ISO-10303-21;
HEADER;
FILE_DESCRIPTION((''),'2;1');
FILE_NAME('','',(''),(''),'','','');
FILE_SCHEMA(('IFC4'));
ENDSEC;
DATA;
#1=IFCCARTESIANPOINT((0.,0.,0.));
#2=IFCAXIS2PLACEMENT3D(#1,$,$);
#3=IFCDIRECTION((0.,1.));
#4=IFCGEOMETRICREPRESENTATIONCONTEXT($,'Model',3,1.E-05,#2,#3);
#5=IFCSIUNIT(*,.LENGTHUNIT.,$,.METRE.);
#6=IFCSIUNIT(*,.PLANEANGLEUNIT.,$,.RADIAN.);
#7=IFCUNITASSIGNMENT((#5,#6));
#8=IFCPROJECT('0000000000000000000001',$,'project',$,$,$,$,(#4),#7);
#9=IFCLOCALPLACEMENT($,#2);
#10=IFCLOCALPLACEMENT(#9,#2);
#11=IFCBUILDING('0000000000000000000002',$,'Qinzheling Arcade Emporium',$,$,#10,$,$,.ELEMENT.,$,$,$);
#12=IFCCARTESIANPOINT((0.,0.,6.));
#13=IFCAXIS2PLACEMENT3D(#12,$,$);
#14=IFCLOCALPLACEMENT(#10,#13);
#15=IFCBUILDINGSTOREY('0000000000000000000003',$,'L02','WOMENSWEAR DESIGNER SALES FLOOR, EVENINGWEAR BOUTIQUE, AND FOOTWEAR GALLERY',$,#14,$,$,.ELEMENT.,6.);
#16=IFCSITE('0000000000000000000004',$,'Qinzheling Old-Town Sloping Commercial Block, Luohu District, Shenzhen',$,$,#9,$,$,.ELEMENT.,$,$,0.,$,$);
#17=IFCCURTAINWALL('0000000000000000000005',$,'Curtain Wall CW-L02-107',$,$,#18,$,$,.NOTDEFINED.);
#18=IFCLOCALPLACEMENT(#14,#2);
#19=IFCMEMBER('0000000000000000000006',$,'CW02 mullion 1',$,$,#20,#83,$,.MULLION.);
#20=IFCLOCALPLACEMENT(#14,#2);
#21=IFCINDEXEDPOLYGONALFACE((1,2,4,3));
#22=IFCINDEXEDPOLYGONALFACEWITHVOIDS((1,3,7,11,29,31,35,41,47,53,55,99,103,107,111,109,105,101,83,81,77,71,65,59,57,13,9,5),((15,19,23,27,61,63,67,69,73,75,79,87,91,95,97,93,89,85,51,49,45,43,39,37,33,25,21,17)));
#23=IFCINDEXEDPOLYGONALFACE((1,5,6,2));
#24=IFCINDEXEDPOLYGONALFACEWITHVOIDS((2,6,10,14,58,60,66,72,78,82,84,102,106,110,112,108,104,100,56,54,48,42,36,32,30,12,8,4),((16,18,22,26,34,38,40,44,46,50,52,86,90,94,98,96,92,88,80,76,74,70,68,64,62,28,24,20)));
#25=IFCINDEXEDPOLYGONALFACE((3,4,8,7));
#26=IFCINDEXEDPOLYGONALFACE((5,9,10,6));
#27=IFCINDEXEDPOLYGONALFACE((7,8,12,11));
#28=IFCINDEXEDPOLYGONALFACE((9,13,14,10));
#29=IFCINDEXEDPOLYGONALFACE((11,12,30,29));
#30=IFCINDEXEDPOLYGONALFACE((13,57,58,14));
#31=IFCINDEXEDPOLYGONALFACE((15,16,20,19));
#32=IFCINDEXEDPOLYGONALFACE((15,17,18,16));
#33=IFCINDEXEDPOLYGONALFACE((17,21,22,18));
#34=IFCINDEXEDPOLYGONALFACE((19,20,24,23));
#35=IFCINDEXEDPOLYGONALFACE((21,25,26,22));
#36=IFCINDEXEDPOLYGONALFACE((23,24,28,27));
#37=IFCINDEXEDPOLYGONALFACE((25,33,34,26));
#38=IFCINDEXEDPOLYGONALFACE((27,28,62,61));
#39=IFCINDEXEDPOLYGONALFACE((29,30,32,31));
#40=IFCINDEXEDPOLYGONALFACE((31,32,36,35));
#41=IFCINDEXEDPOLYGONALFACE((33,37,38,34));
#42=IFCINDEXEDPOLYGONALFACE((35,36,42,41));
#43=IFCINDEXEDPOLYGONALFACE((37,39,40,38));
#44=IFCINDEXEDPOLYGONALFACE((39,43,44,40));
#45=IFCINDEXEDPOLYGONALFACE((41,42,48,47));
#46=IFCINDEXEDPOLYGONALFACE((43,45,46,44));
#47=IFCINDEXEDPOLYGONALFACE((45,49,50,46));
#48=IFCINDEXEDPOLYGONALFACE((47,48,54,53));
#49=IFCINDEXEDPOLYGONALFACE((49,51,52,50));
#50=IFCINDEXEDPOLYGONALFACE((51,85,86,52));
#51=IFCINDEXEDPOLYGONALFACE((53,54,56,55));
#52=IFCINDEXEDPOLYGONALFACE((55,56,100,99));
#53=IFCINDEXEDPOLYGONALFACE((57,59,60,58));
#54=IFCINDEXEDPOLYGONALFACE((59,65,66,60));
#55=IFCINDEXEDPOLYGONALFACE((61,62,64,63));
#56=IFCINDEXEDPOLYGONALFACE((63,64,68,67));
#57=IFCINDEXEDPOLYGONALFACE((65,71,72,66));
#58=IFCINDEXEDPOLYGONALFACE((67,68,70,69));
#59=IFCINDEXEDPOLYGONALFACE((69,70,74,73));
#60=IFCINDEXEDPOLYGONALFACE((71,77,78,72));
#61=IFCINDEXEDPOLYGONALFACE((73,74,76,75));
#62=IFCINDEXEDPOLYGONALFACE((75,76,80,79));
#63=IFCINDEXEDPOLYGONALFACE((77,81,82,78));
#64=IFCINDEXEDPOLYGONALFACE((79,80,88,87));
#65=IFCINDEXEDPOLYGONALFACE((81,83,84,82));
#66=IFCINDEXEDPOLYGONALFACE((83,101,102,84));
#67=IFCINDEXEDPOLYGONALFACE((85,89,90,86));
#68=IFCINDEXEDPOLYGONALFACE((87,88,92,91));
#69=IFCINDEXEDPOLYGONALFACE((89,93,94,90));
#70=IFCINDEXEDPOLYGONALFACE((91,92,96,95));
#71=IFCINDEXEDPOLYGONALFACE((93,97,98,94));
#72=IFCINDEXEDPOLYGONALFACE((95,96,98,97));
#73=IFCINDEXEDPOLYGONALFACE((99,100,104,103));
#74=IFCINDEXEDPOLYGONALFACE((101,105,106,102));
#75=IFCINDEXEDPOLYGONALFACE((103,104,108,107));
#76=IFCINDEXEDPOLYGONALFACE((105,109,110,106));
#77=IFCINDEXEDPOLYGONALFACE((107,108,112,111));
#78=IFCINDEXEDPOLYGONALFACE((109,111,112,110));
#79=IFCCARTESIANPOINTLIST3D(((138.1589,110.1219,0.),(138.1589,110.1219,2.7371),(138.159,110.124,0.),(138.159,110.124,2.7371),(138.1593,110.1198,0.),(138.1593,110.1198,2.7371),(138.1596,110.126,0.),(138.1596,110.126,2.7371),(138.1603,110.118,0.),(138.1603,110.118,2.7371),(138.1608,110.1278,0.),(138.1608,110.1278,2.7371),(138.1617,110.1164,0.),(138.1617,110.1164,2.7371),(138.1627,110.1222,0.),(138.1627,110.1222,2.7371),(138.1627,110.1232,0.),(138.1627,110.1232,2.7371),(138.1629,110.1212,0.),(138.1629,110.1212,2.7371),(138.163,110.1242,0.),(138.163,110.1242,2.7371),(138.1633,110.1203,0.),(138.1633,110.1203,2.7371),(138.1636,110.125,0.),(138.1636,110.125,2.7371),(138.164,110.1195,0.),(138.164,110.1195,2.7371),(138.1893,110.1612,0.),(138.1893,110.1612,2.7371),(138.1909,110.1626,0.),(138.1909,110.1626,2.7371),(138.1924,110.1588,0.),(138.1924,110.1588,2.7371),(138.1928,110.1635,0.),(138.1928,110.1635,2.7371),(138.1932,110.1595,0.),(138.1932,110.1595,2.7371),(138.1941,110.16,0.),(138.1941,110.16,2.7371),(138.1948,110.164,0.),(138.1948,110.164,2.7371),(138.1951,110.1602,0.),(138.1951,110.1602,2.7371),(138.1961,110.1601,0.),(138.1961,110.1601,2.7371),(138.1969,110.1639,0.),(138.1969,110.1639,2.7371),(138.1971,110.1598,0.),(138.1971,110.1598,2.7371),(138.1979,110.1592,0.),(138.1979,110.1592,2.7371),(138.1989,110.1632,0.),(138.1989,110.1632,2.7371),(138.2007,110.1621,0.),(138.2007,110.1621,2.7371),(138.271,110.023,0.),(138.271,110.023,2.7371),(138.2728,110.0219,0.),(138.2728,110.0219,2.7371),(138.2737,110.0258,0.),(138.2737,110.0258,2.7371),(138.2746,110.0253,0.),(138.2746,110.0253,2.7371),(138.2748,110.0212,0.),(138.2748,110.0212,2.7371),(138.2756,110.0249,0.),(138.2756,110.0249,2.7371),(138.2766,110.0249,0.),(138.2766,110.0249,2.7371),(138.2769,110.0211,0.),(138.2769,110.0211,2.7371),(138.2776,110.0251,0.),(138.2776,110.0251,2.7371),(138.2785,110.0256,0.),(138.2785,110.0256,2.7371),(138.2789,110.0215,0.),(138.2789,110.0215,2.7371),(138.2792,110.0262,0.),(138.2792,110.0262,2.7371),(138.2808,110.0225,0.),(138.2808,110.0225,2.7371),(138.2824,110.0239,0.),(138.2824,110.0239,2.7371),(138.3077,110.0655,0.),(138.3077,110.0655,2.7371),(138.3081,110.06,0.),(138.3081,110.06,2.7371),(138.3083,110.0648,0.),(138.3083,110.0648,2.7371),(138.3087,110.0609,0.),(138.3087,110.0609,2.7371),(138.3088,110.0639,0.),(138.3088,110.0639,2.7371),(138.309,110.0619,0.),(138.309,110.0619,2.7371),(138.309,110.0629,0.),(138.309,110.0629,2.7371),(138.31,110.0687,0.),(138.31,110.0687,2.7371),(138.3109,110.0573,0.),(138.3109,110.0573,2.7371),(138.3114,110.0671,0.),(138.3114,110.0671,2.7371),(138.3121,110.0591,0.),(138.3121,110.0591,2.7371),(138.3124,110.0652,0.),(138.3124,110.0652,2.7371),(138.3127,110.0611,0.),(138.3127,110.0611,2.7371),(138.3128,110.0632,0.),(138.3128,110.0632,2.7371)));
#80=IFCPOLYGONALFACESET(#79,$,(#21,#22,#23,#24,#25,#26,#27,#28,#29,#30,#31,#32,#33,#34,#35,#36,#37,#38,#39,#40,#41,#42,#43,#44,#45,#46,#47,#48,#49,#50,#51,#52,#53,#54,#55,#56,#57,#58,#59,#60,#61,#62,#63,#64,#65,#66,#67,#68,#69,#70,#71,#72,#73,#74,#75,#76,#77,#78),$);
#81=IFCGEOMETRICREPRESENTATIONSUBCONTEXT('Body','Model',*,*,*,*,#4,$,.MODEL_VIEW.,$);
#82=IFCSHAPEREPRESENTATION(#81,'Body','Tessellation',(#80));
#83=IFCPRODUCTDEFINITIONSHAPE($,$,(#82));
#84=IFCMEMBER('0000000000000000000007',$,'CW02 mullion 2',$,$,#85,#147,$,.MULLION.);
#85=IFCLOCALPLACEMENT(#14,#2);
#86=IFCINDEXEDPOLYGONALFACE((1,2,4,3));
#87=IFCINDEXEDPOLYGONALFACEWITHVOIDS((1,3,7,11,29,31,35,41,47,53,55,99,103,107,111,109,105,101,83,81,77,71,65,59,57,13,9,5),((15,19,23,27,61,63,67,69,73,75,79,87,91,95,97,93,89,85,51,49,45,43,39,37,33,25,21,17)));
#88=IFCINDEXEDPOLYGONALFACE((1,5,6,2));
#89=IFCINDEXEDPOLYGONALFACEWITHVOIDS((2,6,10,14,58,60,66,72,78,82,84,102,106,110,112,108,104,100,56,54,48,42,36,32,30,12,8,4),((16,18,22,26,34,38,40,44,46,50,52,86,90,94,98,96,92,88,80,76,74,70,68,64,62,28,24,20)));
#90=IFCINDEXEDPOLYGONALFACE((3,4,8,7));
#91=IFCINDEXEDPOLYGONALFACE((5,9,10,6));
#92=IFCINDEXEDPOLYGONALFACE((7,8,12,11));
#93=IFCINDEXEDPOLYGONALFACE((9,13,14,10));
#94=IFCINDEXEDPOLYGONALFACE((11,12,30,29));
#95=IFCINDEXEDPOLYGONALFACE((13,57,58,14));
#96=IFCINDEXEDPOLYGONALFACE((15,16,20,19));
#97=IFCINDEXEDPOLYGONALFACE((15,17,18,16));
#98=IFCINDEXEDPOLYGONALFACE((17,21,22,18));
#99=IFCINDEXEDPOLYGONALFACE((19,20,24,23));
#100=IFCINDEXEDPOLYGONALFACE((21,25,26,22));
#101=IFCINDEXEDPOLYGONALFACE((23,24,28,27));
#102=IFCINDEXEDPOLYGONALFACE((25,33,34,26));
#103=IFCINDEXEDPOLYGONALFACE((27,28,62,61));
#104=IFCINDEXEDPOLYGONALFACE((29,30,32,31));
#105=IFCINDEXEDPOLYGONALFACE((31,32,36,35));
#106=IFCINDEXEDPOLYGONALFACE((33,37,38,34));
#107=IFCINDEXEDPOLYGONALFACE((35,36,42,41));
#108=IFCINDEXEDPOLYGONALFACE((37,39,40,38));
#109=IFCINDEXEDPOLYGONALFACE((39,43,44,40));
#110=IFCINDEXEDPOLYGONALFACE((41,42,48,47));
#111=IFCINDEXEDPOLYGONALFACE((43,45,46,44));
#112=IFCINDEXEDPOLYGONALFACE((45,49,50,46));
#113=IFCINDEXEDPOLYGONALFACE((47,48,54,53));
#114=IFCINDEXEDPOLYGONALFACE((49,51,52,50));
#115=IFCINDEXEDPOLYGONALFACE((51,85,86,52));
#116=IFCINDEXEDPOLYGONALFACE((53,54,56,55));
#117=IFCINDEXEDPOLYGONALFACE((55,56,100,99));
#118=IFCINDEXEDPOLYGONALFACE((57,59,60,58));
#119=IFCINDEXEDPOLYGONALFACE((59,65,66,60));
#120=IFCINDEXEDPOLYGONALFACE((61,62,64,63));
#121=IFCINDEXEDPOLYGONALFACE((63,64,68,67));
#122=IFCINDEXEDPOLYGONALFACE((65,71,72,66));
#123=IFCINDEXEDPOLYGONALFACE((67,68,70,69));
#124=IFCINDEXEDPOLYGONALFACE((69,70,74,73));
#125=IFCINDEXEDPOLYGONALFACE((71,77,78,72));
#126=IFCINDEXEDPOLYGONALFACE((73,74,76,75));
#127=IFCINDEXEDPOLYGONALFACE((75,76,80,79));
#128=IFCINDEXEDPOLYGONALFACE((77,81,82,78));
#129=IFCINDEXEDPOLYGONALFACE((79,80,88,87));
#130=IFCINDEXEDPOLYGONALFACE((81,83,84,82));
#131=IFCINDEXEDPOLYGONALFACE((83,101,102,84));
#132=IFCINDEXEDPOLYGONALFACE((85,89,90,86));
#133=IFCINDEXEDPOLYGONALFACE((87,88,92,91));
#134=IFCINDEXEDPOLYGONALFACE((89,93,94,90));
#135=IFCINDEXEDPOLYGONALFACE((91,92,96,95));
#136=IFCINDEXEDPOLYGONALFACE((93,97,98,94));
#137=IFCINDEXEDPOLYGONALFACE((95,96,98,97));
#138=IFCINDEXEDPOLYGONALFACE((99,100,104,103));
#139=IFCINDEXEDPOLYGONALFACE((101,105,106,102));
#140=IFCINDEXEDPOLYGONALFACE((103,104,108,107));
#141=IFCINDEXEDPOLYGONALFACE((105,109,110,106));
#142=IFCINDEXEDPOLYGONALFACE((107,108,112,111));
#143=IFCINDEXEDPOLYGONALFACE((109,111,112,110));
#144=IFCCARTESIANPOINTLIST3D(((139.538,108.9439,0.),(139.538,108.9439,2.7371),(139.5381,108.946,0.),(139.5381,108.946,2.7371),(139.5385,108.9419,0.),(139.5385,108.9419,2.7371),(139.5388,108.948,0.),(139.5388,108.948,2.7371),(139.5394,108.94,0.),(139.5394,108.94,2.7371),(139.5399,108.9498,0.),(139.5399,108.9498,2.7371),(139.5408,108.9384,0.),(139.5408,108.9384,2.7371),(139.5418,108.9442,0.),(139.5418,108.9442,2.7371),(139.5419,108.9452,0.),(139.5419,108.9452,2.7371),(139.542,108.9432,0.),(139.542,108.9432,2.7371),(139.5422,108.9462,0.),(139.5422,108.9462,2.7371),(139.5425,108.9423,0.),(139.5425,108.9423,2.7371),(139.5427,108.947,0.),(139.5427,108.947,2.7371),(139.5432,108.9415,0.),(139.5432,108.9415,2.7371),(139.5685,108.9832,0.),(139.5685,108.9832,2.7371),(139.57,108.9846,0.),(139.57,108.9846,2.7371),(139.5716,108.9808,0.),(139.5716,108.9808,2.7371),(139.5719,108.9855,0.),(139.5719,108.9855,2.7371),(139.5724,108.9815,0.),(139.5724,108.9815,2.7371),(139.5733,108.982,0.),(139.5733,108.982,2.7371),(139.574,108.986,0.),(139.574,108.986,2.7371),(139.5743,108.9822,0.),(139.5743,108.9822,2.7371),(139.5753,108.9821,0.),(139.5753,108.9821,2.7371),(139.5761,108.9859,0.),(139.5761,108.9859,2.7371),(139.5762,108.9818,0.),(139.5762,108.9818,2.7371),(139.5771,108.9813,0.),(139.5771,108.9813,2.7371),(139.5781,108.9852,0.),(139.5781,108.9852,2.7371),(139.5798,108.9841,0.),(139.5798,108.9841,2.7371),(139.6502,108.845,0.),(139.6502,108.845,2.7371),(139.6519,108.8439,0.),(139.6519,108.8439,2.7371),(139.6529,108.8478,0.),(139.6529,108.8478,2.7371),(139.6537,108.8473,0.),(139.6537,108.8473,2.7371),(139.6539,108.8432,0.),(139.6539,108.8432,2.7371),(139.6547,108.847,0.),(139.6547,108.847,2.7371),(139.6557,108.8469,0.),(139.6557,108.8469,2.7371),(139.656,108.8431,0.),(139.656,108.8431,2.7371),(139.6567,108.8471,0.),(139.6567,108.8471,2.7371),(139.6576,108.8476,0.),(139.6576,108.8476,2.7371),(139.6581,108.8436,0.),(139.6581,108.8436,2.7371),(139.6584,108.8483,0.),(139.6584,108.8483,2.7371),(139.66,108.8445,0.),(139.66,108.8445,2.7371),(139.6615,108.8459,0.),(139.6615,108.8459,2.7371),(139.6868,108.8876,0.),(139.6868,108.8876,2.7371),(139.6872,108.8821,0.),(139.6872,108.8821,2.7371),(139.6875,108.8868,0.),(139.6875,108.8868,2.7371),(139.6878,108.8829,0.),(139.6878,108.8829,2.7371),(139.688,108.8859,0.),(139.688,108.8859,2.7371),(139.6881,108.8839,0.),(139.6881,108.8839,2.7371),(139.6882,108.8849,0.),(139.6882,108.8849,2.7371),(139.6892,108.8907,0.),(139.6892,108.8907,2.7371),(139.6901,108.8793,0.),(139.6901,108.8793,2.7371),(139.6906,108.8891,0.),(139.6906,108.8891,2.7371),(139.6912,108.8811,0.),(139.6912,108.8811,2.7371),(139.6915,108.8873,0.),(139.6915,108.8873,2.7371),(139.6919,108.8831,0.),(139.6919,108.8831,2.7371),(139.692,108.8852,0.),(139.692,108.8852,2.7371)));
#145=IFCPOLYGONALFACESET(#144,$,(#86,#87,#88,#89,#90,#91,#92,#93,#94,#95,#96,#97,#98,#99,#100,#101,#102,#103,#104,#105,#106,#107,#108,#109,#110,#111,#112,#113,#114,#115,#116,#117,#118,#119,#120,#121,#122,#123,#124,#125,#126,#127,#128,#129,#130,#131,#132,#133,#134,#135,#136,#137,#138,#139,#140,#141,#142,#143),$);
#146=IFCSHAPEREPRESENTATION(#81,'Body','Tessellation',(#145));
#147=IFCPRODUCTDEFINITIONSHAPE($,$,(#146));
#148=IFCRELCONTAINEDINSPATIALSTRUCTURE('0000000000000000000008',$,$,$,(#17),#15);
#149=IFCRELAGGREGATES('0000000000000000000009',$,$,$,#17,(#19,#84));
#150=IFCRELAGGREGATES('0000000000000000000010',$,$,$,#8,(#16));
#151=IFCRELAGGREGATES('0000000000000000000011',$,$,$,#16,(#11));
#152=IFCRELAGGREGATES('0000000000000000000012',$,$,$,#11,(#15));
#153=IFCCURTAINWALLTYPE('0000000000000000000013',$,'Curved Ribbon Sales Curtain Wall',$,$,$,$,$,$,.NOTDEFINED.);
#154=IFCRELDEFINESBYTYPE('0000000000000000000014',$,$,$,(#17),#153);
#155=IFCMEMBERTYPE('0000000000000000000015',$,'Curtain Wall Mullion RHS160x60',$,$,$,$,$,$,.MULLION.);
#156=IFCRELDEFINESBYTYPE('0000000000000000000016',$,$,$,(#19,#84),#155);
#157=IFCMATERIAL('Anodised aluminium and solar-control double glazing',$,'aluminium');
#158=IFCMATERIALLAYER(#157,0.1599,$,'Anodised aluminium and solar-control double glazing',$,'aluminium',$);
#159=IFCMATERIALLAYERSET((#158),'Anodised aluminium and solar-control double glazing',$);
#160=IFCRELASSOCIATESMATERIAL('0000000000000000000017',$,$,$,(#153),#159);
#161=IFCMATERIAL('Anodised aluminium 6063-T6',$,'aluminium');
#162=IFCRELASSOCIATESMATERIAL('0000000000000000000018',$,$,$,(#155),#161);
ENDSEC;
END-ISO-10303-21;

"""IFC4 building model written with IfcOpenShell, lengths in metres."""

from ifc_helpers import new_model, si_unit, direction, frame, origin, origin_2d, place, context, subcontext, project, spatial, hollow_rectangle, extrude, material, layer, layer_set, material_profile, profile_set, type_object, element, aggregate, save


model = new_model("IFC4")

# Units and contexts
model_context = context("Model", 3, precision=1e-05, world=origin(), true_north=direction((0.0, 1.0)))
body_context = subcontext(model_context, "Body", "Model", "MODEL_VIEW")
ifc_project = project(units=[si_unit("LENGTHUNIT", "METRE"), si_unit("PLANEANGLEUNIT", "RADIAN")], contexts=[model_context])

# Site, building, storey
site_placement = place(None, origin())
site = spatial("IfcSite", under=ifc_project, at=site_placement, Name="Qinzheling Old-Town Sloping Commercial Block, Luohu District, Shenzhen", CompositionType="ELEMENT", RefElevation=0.0)
building_placement = place(site_placement, origin())
building = spatial("IfcBuilding", under=site, at=building_placement, Name="Qinzheling Arcade Emporium", CompositionType="ELEMENT")
storey_placement = place(building_placement, frame((0.0, 0.0, 6.0)))
storey = spatial("IfcBuildingStorey", under=building, at=storey_placement, Name="L02", Description="WOMENSWEAR DESIGNER SALES FLOOR, EVENINGWEAR BOUTIQUE, AND FOOTWEAR GALLERY", CompositionType="ELEMENT", Elevation=6.0)

# Shared definitions
ifc_material_1 = material(Name="Anodised aluminium and solar-control double glazing", Category="aluminium")
ifc_layer_1 = layer(ifc_material_1, 0.1599, Name="Anodised aluminium and solar-control double glazing", Category="aluminium")
ifc_layer_set_1 = layer_set([ifc_layer_1], Name="Anodised aluminium and solar-control double glazing")
curtain_wall_type = type_object("IfcCurtainWallType", Name="Curved Ribbon Sales Curtain Wall", PredefinedType="NOTDEFINED", material=ifc_layer_set_1)
ifc_material_2 = material(Name="Anodised aluminium 6063-T6", Category="aluminium")
ifc_material_profile_1 = material_profile(ifc_material_2, hollow_rectangle(XDim=0.0601, YDim=0.1599, WallThickness=0.0039, InnerFilletRadius=0.0039, OuterFilletRadius=0.0081, at=origin_2d()), Name="RHS 160x60x4", Category="aluminium")
ifc_profile_set_1 = profile_set([ifc_material_profile_1], Name="Anodised aluminium 6063-T6")
member_type_1 = type_object("IfcMemberType", Name="Curtain Wall Mullion RHS160x60", PredefinedType="MULLION", material=ifc_profile_set_1)

# Curtain wall, members
curtain_wall_1_placement = place(storey_placement, origin())
curtain_wall_1 = element("IfcCurtainWall", 1, at=curtain_wall_1_placement, inside=storey, type_object=curtain_wall_type, Name="Curtain Wall CW-L02-107", PredefinedType="NOTDEFINED")
member_1_placement = place(storey_placement, frame((138.2358, 110.0925, 0.0), z_axis=(0.0, 0.0, 1.0), x_axis=(0.649473, 0.760385, 0.0)))
member_1 = element("IfcMember", 2, at=member_1_placement, type_object=member_type_1, Name="CW02 mullion 1", PredefinedType="MULLION", context=body_context, shape_type="SweptSolid", body=[
    extrude(hollow_rectangle(XDim=0.0601, YDim=0.1599, WallThickness=0.0039, InnerFilletRadius=0.0039, OuterFilletRadius=0.0081, at=origin_2d()), origin(), (0.0, 0.0, 1.0), 2.7371),
])
member_2_placement = place(storey_placement, frame((139.615, 108.9146, 0.0), z_axis=(0.0, 0.0, 1.0), x_axis=(0.649473, 0.760385, 0.0)))
member_2 = element("IfcMember", 3, at=member_2_placement, type_object=member_type_1, Name="CW02 mullion 2", PredefinedType="MULLION", context=body_context, shape_type="SweptSolid", body=[
    extrude(hollow_rectangle(XDim=0.0601, YDim=0.1599, WallThickness=0.0039, InnerFilletRadius=0.0039, OuterFilletRadius=0.0081, at=origin_2d()), origin(), (0.0, 0.0, 1.0), 2.7371),
])

aggregate(curtain_wall_1, [member_1, member_2])

save(model, "model.ifc")
